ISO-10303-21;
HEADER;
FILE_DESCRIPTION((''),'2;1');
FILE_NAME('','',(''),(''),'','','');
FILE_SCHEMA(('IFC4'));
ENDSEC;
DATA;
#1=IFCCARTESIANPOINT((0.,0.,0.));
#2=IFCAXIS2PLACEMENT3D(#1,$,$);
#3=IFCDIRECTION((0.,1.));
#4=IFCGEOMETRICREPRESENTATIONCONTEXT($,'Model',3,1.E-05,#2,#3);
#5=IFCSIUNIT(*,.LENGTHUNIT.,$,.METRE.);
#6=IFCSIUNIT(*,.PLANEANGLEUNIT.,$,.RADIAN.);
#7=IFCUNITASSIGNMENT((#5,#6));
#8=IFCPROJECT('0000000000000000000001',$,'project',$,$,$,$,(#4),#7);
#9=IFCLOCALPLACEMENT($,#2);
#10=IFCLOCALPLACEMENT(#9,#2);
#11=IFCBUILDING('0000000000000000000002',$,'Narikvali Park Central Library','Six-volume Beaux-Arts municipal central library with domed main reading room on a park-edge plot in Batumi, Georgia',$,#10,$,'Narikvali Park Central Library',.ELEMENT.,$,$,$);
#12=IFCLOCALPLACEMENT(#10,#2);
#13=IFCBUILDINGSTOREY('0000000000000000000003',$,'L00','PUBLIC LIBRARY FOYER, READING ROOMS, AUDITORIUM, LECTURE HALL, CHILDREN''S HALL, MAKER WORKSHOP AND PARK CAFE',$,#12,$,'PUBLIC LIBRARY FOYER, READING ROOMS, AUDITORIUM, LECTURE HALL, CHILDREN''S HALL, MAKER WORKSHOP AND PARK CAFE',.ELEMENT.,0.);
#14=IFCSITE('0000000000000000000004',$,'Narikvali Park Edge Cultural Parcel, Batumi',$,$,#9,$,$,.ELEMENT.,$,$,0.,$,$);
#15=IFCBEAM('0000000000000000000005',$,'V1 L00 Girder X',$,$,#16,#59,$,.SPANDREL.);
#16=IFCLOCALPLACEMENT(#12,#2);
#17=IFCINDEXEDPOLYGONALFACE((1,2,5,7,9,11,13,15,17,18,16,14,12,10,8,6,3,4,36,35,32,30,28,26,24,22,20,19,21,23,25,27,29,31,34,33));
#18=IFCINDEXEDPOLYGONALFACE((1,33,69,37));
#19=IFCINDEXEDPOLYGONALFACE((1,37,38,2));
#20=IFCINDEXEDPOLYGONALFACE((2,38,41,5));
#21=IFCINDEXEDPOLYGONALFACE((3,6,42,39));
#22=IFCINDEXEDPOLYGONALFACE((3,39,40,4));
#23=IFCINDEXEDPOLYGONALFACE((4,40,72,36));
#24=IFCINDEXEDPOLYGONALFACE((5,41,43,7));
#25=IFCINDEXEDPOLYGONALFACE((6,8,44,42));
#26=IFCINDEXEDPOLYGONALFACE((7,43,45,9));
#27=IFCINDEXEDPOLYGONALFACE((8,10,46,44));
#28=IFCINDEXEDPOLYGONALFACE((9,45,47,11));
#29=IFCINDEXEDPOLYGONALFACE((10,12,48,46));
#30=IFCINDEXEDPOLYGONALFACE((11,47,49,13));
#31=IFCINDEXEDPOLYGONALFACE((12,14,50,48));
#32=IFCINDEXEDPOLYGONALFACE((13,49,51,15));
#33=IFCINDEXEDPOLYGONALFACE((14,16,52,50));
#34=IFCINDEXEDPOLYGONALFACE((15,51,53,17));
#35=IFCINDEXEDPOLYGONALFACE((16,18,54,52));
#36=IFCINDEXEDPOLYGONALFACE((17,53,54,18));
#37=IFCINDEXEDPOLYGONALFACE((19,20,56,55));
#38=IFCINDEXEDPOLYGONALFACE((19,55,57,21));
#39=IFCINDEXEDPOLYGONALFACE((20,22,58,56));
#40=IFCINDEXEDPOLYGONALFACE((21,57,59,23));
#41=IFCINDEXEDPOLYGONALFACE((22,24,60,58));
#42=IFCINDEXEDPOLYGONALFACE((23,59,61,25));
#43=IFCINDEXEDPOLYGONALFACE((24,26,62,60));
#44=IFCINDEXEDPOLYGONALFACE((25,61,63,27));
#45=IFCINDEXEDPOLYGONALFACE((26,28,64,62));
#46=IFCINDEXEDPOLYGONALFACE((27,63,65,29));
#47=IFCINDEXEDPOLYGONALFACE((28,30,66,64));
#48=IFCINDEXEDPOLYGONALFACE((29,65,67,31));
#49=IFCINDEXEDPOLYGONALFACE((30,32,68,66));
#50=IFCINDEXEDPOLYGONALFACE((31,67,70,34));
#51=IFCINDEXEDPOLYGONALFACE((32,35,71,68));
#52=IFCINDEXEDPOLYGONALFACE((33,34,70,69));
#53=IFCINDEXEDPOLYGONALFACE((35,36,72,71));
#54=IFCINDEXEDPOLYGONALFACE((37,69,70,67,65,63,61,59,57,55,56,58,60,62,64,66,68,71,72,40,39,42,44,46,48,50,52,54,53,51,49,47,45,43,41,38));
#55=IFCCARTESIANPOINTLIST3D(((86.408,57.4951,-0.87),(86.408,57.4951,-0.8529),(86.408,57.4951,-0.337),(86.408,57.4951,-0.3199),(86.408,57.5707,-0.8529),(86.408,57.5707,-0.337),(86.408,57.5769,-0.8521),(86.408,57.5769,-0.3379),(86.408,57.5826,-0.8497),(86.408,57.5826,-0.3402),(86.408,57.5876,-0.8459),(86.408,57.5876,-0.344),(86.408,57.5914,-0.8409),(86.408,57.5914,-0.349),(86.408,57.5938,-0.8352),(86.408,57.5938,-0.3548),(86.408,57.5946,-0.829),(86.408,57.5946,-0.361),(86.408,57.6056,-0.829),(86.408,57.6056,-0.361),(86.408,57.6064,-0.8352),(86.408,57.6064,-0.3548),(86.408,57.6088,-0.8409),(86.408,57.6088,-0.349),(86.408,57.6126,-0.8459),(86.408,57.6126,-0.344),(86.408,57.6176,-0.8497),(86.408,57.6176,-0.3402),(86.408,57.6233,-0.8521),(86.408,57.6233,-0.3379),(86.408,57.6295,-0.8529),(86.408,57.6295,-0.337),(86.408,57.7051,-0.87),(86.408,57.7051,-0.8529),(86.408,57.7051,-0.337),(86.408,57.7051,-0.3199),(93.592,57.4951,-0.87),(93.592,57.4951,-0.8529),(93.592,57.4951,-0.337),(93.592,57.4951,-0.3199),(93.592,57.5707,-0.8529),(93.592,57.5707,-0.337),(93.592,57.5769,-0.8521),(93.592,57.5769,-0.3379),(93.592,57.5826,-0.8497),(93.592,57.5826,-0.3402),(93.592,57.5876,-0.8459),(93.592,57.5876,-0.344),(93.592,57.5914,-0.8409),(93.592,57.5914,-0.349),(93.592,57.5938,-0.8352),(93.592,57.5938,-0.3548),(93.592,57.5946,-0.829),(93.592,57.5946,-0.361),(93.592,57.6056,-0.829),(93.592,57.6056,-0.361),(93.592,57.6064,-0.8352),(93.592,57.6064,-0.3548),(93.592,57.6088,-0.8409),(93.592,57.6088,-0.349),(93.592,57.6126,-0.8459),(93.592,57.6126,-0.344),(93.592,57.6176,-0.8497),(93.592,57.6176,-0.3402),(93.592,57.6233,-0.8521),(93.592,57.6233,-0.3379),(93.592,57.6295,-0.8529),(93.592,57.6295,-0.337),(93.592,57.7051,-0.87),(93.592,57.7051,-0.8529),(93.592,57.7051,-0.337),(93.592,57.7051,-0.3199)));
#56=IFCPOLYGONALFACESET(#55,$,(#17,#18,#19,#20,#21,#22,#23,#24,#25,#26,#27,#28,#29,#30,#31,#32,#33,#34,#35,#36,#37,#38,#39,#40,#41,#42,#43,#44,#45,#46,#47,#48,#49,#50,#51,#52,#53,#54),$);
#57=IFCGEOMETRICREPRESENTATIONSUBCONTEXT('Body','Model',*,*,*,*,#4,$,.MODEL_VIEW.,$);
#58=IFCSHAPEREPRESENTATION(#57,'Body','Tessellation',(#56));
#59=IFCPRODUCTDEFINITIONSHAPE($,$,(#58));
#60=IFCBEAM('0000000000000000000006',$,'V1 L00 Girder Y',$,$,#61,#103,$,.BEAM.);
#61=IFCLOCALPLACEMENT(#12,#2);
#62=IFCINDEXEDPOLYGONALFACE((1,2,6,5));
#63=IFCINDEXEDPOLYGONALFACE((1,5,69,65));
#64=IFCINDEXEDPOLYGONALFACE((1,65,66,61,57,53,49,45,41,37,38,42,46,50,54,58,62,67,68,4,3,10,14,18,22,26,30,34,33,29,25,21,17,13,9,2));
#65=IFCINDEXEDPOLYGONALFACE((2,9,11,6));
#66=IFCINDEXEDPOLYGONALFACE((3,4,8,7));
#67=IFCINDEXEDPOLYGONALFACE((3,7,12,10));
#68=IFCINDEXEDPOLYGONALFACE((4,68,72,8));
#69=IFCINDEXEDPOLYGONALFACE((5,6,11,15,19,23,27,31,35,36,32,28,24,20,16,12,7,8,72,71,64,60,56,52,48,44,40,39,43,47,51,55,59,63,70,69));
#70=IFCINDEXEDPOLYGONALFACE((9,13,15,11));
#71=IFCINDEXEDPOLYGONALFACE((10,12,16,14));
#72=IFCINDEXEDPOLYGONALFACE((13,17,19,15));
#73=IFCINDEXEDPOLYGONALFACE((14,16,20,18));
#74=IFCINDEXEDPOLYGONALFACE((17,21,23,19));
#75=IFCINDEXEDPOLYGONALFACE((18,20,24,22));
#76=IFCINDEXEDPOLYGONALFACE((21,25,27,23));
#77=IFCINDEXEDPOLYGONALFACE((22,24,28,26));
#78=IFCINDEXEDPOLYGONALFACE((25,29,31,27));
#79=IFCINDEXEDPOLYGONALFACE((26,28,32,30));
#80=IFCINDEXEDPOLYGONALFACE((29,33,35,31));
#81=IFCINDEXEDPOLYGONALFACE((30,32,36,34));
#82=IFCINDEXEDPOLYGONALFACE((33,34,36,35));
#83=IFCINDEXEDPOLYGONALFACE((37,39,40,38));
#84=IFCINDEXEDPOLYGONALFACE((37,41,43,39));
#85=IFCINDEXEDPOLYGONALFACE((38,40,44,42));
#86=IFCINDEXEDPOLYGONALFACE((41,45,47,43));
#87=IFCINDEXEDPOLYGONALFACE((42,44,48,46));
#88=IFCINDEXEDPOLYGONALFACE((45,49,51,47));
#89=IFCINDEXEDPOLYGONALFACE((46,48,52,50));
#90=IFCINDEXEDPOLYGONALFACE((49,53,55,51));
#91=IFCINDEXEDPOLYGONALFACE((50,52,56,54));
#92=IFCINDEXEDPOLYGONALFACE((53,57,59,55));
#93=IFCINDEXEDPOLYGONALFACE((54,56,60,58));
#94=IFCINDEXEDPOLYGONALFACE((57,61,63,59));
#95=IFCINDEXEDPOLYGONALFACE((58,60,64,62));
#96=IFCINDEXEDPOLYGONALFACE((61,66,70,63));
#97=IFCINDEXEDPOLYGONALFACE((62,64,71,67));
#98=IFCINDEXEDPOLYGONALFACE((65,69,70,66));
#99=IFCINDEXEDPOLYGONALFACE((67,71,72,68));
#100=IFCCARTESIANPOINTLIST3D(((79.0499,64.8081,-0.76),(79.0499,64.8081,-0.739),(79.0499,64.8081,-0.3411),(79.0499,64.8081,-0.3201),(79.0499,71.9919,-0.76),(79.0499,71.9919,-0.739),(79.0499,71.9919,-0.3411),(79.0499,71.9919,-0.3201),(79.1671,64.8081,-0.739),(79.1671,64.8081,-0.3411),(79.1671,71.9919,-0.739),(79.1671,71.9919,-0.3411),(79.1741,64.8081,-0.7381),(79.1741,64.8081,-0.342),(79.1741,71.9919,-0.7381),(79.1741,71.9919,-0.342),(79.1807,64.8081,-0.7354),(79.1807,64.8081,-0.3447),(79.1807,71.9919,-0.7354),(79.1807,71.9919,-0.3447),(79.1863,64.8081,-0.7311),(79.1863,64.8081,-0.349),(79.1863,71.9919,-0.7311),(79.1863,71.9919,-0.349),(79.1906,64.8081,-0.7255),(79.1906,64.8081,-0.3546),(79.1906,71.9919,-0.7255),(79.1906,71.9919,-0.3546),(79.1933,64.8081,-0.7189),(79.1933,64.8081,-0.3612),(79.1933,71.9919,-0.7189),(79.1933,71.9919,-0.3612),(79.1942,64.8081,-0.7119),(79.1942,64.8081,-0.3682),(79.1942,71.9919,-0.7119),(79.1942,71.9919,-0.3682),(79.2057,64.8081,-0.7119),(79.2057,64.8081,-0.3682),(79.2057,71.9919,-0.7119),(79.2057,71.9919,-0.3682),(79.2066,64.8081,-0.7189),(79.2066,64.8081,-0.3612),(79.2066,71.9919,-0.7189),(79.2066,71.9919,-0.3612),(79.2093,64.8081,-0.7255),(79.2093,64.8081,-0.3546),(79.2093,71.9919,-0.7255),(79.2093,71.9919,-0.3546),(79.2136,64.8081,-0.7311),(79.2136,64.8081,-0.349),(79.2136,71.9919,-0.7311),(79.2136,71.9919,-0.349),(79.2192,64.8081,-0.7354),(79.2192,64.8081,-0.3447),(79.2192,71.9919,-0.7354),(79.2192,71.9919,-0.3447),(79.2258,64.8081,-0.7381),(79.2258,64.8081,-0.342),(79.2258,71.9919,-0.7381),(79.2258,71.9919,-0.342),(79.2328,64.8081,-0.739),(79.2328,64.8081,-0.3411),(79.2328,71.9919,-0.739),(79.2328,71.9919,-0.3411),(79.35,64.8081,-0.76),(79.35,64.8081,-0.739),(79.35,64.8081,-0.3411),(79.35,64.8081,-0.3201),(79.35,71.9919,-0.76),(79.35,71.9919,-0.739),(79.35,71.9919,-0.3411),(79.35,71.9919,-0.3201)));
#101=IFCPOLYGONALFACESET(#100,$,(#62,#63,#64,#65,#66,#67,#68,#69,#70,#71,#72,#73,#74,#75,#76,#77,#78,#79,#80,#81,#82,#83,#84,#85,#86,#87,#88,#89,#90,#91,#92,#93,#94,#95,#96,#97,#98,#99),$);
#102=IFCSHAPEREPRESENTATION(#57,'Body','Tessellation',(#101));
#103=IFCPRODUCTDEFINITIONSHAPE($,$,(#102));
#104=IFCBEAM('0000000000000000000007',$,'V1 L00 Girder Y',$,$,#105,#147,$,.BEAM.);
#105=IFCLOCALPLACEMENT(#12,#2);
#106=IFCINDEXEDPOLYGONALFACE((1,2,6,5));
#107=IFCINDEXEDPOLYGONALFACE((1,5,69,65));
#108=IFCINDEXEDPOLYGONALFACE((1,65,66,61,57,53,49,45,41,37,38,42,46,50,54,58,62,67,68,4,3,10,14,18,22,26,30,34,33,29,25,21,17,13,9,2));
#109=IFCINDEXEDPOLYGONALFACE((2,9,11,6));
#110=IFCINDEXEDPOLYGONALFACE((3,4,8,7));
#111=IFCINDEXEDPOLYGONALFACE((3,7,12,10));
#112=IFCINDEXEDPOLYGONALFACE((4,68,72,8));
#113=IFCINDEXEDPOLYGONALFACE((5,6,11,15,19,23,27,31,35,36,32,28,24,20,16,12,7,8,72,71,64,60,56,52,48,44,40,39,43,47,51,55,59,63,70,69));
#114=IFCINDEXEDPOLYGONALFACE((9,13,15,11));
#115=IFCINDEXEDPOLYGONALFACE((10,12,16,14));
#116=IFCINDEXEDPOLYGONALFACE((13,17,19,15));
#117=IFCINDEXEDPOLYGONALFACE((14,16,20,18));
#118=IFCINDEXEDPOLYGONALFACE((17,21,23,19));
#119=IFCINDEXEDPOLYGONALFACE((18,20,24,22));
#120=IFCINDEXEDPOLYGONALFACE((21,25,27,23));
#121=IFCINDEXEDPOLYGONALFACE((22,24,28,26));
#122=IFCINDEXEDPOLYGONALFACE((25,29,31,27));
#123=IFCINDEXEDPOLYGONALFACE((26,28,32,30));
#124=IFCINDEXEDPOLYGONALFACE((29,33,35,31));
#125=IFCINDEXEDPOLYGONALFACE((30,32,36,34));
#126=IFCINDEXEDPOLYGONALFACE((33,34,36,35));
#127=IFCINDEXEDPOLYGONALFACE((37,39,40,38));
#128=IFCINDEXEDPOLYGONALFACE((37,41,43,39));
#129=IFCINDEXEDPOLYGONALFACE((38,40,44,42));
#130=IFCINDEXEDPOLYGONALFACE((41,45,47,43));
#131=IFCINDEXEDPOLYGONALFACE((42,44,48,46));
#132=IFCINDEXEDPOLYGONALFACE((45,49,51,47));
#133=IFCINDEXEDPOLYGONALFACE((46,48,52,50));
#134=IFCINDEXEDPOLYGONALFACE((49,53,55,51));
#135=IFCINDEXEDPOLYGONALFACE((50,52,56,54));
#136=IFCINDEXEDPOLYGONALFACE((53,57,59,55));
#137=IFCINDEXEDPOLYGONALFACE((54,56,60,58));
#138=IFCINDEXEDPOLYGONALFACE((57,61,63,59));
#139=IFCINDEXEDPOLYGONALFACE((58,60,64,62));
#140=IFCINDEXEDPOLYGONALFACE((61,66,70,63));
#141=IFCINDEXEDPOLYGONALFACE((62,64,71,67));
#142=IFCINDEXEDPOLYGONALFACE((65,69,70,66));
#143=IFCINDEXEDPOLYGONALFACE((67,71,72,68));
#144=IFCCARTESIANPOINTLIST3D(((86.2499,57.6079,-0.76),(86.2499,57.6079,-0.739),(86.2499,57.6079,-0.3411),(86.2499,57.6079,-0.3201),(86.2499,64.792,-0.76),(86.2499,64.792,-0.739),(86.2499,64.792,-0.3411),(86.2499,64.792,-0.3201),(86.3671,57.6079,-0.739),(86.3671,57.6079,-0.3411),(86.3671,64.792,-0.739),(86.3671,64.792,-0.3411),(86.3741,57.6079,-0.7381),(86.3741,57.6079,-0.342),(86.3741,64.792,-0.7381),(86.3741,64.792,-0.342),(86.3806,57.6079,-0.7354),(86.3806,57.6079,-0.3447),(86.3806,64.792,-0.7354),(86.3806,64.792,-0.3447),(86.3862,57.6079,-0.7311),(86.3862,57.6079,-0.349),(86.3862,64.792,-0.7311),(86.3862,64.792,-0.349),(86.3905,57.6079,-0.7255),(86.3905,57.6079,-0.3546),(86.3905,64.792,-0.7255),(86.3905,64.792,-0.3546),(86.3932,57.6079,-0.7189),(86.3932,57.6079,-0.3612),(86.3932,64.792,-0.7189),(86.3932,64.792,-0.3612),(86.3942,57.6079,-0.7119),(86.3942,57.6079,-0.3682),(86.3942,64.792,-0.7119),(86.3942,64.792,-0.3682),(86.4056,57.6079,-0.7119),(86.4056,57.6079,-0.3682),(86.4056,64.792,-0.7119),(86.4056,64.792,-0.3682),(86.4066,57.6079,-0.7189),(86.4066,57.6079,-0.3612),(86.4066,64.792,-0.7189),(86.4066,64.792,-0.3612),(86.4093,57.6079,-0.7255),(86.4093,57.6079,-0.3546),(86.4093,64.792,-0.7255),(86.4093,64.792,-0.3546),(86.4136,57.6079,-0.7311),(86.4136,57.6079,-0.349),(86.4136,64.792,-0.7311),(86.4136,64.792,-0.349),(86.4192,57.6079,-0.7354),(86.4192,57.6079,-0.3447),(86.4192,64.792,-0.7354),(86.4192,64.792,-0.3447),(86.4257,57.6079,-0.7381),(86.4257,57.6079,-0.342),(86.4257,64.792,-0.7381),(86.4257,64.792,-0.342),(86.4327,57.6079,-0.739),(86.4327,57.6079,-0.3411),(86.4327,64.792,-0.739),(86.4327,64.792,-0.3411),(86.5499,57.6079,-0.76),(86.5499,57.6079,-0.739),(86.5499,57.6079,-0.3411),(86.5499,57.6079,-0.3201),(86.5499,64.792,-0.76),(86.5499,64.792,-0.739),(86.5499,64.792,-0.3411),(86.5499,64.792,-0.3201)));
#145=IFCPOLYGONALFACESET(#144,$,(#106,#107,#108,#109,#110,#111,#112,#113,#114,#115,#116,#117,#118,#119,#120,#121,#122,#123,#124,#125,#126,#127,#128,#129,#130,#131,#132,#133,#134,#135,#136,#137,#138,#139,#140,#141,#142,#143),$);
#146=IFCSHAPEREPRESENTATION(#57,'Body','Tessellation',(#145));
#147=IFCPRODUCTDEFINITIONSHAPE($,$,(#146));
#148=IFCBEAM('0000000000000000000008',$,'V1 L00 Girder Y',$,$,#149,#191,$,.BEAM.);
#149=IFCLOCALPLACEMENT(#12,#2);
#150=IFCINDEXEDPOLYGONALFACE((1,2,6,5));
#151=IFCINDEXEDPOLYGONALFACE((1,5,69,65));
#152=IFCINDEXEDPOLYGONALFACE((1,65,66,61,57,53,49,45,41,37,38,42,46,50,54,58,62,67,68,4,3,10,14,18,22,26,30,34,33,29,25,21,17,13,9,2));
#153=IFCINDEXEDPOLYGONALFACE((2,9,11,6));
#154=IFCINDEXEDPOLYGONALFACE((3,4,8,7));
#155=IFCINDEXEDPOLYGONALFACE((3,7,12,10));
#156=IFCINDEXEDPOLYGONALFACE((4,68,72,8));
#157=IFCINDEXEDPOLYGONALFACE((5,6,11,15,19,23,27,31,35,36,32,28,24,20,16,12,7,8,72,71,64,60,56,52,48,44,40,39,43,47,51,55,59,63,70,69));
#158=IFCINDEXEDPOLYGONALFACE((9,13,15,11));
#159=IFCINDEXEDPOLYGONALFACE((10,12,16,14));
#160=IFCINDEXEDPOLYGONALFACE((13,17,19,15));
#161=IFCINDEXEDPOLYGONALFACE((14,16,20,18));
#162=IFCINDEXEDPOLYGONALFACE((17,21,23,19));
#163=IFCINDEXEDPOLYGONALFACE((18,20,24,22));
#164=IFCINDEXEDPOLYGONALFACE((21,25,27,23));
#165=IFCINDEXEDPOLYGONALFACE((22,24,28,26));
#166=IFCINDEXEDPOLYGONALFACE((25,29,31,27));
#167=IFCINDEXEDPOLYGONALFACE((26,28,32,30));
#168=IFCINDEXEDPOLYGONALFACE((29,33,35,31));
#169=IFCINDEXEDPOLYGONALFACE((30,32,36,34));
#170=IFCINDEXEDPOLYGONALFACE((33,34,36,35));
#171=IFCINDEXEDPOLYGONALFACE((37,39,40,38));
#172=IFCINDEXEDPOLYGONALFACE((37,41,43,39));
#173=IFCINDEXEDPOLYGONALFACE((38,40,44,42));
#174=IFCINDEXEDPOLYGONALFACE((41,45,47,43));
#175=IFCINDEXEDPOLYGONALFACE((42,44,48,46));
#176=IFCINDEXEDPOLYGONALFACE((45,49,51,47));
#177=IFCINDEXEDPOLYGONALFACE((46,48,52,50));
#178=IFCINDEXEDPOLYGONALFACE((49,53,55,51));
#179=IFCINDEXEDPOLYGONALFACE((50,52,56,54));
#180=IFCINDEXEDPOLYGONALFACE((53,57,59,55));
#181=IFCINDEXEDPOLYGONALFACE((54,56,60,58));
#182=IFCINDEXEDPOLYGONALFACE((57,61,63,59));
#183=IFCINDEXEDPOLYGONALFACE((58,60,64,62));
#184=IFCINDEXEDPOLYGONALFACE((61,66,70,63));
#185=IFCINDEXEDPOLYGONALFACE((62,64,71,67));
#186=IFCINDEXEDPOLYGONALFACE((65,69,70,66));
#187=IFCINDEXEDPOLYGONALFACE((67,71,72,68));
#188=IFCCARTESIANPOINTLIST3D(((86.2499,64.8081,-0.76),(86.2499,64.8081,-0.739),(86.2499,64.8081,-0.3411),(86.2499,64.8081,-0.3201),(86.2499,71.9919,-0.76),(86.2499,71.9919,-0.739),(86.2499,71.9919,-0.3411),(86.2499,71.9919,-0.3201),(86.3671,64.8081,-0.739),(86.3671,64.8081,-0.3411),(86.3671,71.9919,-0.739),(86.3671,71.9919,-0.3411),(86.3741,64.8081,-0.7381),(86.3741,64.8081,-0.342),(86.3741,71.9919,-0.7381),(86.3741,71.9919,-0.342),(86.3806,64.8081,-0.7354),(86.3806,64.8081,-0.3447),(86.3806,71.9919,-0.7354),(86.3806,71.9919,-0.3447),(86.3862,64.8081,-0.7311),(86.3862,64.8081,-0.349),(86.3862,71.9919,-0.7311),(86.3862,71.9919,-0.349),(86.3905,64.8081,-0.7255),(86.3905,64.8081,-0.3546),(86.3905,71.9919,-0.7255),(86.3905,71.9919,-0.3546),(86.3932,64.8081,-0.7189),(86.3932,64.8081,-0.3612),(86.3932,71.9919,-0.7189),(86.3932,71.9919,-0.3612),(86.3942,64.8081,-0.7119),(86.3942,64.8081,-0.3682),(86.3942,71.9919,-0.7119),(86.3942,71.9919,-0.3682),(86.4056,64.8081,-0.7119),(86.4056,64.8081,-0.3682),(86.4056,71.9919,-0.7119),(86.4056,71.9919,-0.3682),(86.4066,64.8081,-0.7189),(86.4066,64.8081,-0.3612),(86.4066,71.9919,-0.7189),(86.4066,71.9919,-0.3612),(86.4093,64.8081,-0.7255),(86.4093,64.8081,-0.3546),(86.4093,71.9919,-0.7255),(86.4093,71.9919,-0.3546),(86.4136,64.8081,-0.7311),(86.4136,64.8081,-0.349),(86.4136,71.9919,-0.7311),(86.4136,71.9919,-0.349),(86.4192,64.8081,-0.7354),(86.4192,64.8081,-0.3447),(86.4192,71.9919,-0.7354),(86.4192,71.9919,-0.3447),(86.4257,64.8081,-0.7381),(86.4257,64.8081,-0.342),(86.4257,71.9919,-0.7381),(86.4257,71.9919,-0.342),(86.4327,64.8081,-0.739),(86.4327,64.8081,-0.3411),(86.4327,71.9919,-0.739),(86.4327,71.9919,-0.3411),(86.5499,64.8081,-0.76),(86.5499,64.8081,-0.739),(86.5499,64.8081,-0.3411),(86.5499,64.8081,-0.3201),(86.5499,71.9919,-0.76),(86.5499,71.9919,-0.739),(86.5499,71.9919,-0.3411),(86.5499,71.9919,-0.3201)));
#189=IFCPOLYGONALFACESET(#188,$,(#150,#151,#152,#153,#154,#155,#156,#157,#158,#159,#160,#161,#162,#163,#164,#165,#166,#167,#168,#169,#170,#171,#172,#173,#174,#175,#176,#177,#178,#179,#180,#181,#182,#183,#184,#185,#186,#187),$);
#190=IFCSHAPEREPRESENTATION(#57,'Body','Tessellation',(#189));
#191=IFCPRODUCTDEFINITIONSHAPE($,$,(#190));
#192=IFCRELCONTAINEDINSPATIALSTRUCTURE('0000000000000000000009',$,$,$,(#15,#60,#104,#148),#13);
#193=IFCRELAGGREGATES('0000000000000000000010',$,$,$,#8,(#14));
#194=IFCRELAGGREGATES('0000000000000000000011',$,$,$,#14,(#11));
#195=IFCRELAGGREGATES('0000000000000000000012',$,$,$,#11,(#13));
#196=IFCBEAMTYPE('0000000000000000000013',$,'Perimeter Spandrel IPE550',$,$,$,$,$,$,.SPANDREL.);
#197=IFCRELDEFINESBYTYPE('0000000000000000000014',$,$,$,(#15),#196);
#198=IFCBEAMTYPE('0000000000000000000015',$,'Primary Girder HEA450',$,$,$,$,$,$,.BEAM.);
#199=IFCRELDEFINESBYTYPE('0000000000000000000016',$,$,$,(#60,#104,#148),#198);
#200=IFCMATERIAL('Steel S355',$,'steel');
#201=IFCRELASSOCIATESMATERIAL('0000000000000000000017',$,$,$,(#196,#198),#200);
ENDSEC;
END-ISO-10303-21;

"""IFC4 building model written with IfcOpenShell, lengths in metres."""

from ifc_helpers import new_model, si_unit, direction, frame, origin, origin_2d, place, context, subcontext, project, spatial, i_section, extrude, material, material_profile, profile_set, type_object, element, save


model = new_model("IFC4")

# Units and contexts
model_context = context("Model", 3, precision=1e-05, world=origin(), true_north=direction((0.0, 1.0)))
body_context = subcontext(model_context, "Body", "Model", "MODEL_VIEW")
ifc_project = project(units=[si_unit("LENGTHUNIT", "METRE"), si_unit("PLANEANGLEUNIT", "RADIAN")], contexts=[model_context])

# Site, building, storey
site_placement = place(None, origin())
site = spatial("IfcSite", under=ifc_project, at=site_placement, Name="Narikvali Park Edge Cultural Parcel, Batumi", CompositionType="ELEMENT", RefElevation=0.0)
building_placement = place(site_placement, origin())
building = spatial("IfcBuilding", under=site, at=building_placement, Name="Narikvali Park Central Library", Description="Six-volume Beaux-Arts municipal central library with domed main reading room on a park-edge plot in Batumi, Georgia", LongName="Narikvali Park Central Library", CompositionType="ELEMENT")
storey_placement = place(building_placement, origin())
storey = spatial("IfcBuildingStorey", under=building, at=storey_placement, Name="L00", Description="PUBLIC LIBRARY FOYER, READING ROOMS, AUDITORIUM, LECTURE HALL, CHILDREN'S HALL, MAKER WORKSHOP AND PARK CAFE", LongName="PUBLIC LIBRARY FOYER, READING ROOMS, AUDITORIUM, LECTURE HALL, CHILDREN'S HALL, MAKER WORKSHOP AND PARK CAFE", CompositionType="ELEMENT", Elevation=0.0)

# Shared definitions
ifc_material_1 = material(Name="Steel S355", Category="steel")

# Beams
ifc_material_profile_1 = material_profile(ifc_material_1, i_section(OverallWidth=0.21, OverallDepth=0.55, WebThickness=0.011, FlangeThickness=0.0171, FilletRadius=0.0239, at=origin_2d()), Name="IPE 550")
ifc_profile_set_1 = profile_set([ifc_material_profile_1], Name="Steel S355")
beam_type_1 = type_object("IfcBeamType", Name="Perimeter Spandrel IPE550", PredefinedType="SPANDREL", material=ifc_profile_set_1)
for number, where, z_axis, x_axis, name in (
    (1, (86.408, 57.6001, -0.595), (1.0, 0.0, 0.0), (0.0, 1.0, 0.0), "V1 L00 Girder X"),
):
    element("IfcBeam", number, at=place(storey_placement, frame(where, z_axis=z_axis, x_axis=x_axis)), inside=storey, type_object=beam_type_1, Name=name, PredefinedType="SPANDREL", context=body_context, shape_type="SweptSolid", body=[
        extrude(i_section(OverallWidth=0.21, OverallDepth=0.55, WebThickness=0.011, FlangeThickness=0.0171, FilletRadius=0.0239, at=origin_2d()), origin(), (0.0, 0.0, 1.0), 7.1841),
    ])
ifc_material_profile_2 = material_profile(ifc_material_1, i_section(OverallWidth=0.3, OverallDepth=0.4399, WebThickness=0.0115, FlangeThickness=0.021, FilletRadius=0.0271, at=origin_2d()), Name="HEA 450")
ifc_profile_set_2 = profile_set([ifc_material_profile_2], Name="Steel S355")
beam_type_2 = type_object("IfcBeamType", Name="Primary Girder HEA450", PredefinedType="BEAM", material=ifc_profile_set_2)
beam_1_placement = place(storey_placement, frame((79.2, 64.8081, -0.54), z_axis=(0.0, 1.0, 0.0), x_axis=(-1.0, 0.0, 0.0)))
element("IfcBeam", 2, at=beam_1_placement, inside=storey, type_object=beam_type_2, Name="V1 L00 Girder Y", PredefinedType="BEAM", context=body_context, shape_type="SweptSolid", body=[
    extrude(i_section(OverallWidth=0.3, OverallDepth=0.4399, WebThickness=0.0115, FlangeThickness=0.021, FilletRadius=0.0271, at=origin_2d()), origin(), (0.0, 0.0, 1.0), 7.1838),
])
beam_2_placement = place(storey_placement, frame((86.3999, 57.6079, -0.54), z_axis=(0.0, 1.0, 0.0), x_axis=(-1.0, 0.0, 0.0)))
element("IfcBeam", 3, at=beam_2_placement, inside=storey, type_object=beam_type_2, Name="V1 L00 Girder Y", PredefinedType="BEAM", context=body_context, shape_type="SweptSolid", body=[
    extrude(i_section(OverallWidth=0.3, OverallDepth=0.4399, WebThickness=0.0115, FlangeThickness=0.021, FilletRadius=0.0271, at=origin_2d()), origin(), (0.0, 0.0, 1.0), 7.1841),
])
beam_3_placement = place(storey_placement, frame((86.3999, 64.8081, -0.54), z_axis=(0.0, 1.0, 0.0), x_axis=(-1.0, 0.0, 0.0)))
element("IfcBeam", 4, at=beam_3_placement, inside=storey, type_object=beam_type_2, Name="V1 L00 Girder Y", PredefinedType="BEAM", context=body_context, shape_type="SweptSolid", body=[
    extrude(i_section(OverallWidth=0.3, OverallDepth=0.4399, WebThickness=0.0115, FlangeThickness=0.021, FilletRadius=0.0271, at=origin_2d()), origin(), (0.0, 0.0, 1.0), 7.1838),
])

save(model, "model.ifc")
